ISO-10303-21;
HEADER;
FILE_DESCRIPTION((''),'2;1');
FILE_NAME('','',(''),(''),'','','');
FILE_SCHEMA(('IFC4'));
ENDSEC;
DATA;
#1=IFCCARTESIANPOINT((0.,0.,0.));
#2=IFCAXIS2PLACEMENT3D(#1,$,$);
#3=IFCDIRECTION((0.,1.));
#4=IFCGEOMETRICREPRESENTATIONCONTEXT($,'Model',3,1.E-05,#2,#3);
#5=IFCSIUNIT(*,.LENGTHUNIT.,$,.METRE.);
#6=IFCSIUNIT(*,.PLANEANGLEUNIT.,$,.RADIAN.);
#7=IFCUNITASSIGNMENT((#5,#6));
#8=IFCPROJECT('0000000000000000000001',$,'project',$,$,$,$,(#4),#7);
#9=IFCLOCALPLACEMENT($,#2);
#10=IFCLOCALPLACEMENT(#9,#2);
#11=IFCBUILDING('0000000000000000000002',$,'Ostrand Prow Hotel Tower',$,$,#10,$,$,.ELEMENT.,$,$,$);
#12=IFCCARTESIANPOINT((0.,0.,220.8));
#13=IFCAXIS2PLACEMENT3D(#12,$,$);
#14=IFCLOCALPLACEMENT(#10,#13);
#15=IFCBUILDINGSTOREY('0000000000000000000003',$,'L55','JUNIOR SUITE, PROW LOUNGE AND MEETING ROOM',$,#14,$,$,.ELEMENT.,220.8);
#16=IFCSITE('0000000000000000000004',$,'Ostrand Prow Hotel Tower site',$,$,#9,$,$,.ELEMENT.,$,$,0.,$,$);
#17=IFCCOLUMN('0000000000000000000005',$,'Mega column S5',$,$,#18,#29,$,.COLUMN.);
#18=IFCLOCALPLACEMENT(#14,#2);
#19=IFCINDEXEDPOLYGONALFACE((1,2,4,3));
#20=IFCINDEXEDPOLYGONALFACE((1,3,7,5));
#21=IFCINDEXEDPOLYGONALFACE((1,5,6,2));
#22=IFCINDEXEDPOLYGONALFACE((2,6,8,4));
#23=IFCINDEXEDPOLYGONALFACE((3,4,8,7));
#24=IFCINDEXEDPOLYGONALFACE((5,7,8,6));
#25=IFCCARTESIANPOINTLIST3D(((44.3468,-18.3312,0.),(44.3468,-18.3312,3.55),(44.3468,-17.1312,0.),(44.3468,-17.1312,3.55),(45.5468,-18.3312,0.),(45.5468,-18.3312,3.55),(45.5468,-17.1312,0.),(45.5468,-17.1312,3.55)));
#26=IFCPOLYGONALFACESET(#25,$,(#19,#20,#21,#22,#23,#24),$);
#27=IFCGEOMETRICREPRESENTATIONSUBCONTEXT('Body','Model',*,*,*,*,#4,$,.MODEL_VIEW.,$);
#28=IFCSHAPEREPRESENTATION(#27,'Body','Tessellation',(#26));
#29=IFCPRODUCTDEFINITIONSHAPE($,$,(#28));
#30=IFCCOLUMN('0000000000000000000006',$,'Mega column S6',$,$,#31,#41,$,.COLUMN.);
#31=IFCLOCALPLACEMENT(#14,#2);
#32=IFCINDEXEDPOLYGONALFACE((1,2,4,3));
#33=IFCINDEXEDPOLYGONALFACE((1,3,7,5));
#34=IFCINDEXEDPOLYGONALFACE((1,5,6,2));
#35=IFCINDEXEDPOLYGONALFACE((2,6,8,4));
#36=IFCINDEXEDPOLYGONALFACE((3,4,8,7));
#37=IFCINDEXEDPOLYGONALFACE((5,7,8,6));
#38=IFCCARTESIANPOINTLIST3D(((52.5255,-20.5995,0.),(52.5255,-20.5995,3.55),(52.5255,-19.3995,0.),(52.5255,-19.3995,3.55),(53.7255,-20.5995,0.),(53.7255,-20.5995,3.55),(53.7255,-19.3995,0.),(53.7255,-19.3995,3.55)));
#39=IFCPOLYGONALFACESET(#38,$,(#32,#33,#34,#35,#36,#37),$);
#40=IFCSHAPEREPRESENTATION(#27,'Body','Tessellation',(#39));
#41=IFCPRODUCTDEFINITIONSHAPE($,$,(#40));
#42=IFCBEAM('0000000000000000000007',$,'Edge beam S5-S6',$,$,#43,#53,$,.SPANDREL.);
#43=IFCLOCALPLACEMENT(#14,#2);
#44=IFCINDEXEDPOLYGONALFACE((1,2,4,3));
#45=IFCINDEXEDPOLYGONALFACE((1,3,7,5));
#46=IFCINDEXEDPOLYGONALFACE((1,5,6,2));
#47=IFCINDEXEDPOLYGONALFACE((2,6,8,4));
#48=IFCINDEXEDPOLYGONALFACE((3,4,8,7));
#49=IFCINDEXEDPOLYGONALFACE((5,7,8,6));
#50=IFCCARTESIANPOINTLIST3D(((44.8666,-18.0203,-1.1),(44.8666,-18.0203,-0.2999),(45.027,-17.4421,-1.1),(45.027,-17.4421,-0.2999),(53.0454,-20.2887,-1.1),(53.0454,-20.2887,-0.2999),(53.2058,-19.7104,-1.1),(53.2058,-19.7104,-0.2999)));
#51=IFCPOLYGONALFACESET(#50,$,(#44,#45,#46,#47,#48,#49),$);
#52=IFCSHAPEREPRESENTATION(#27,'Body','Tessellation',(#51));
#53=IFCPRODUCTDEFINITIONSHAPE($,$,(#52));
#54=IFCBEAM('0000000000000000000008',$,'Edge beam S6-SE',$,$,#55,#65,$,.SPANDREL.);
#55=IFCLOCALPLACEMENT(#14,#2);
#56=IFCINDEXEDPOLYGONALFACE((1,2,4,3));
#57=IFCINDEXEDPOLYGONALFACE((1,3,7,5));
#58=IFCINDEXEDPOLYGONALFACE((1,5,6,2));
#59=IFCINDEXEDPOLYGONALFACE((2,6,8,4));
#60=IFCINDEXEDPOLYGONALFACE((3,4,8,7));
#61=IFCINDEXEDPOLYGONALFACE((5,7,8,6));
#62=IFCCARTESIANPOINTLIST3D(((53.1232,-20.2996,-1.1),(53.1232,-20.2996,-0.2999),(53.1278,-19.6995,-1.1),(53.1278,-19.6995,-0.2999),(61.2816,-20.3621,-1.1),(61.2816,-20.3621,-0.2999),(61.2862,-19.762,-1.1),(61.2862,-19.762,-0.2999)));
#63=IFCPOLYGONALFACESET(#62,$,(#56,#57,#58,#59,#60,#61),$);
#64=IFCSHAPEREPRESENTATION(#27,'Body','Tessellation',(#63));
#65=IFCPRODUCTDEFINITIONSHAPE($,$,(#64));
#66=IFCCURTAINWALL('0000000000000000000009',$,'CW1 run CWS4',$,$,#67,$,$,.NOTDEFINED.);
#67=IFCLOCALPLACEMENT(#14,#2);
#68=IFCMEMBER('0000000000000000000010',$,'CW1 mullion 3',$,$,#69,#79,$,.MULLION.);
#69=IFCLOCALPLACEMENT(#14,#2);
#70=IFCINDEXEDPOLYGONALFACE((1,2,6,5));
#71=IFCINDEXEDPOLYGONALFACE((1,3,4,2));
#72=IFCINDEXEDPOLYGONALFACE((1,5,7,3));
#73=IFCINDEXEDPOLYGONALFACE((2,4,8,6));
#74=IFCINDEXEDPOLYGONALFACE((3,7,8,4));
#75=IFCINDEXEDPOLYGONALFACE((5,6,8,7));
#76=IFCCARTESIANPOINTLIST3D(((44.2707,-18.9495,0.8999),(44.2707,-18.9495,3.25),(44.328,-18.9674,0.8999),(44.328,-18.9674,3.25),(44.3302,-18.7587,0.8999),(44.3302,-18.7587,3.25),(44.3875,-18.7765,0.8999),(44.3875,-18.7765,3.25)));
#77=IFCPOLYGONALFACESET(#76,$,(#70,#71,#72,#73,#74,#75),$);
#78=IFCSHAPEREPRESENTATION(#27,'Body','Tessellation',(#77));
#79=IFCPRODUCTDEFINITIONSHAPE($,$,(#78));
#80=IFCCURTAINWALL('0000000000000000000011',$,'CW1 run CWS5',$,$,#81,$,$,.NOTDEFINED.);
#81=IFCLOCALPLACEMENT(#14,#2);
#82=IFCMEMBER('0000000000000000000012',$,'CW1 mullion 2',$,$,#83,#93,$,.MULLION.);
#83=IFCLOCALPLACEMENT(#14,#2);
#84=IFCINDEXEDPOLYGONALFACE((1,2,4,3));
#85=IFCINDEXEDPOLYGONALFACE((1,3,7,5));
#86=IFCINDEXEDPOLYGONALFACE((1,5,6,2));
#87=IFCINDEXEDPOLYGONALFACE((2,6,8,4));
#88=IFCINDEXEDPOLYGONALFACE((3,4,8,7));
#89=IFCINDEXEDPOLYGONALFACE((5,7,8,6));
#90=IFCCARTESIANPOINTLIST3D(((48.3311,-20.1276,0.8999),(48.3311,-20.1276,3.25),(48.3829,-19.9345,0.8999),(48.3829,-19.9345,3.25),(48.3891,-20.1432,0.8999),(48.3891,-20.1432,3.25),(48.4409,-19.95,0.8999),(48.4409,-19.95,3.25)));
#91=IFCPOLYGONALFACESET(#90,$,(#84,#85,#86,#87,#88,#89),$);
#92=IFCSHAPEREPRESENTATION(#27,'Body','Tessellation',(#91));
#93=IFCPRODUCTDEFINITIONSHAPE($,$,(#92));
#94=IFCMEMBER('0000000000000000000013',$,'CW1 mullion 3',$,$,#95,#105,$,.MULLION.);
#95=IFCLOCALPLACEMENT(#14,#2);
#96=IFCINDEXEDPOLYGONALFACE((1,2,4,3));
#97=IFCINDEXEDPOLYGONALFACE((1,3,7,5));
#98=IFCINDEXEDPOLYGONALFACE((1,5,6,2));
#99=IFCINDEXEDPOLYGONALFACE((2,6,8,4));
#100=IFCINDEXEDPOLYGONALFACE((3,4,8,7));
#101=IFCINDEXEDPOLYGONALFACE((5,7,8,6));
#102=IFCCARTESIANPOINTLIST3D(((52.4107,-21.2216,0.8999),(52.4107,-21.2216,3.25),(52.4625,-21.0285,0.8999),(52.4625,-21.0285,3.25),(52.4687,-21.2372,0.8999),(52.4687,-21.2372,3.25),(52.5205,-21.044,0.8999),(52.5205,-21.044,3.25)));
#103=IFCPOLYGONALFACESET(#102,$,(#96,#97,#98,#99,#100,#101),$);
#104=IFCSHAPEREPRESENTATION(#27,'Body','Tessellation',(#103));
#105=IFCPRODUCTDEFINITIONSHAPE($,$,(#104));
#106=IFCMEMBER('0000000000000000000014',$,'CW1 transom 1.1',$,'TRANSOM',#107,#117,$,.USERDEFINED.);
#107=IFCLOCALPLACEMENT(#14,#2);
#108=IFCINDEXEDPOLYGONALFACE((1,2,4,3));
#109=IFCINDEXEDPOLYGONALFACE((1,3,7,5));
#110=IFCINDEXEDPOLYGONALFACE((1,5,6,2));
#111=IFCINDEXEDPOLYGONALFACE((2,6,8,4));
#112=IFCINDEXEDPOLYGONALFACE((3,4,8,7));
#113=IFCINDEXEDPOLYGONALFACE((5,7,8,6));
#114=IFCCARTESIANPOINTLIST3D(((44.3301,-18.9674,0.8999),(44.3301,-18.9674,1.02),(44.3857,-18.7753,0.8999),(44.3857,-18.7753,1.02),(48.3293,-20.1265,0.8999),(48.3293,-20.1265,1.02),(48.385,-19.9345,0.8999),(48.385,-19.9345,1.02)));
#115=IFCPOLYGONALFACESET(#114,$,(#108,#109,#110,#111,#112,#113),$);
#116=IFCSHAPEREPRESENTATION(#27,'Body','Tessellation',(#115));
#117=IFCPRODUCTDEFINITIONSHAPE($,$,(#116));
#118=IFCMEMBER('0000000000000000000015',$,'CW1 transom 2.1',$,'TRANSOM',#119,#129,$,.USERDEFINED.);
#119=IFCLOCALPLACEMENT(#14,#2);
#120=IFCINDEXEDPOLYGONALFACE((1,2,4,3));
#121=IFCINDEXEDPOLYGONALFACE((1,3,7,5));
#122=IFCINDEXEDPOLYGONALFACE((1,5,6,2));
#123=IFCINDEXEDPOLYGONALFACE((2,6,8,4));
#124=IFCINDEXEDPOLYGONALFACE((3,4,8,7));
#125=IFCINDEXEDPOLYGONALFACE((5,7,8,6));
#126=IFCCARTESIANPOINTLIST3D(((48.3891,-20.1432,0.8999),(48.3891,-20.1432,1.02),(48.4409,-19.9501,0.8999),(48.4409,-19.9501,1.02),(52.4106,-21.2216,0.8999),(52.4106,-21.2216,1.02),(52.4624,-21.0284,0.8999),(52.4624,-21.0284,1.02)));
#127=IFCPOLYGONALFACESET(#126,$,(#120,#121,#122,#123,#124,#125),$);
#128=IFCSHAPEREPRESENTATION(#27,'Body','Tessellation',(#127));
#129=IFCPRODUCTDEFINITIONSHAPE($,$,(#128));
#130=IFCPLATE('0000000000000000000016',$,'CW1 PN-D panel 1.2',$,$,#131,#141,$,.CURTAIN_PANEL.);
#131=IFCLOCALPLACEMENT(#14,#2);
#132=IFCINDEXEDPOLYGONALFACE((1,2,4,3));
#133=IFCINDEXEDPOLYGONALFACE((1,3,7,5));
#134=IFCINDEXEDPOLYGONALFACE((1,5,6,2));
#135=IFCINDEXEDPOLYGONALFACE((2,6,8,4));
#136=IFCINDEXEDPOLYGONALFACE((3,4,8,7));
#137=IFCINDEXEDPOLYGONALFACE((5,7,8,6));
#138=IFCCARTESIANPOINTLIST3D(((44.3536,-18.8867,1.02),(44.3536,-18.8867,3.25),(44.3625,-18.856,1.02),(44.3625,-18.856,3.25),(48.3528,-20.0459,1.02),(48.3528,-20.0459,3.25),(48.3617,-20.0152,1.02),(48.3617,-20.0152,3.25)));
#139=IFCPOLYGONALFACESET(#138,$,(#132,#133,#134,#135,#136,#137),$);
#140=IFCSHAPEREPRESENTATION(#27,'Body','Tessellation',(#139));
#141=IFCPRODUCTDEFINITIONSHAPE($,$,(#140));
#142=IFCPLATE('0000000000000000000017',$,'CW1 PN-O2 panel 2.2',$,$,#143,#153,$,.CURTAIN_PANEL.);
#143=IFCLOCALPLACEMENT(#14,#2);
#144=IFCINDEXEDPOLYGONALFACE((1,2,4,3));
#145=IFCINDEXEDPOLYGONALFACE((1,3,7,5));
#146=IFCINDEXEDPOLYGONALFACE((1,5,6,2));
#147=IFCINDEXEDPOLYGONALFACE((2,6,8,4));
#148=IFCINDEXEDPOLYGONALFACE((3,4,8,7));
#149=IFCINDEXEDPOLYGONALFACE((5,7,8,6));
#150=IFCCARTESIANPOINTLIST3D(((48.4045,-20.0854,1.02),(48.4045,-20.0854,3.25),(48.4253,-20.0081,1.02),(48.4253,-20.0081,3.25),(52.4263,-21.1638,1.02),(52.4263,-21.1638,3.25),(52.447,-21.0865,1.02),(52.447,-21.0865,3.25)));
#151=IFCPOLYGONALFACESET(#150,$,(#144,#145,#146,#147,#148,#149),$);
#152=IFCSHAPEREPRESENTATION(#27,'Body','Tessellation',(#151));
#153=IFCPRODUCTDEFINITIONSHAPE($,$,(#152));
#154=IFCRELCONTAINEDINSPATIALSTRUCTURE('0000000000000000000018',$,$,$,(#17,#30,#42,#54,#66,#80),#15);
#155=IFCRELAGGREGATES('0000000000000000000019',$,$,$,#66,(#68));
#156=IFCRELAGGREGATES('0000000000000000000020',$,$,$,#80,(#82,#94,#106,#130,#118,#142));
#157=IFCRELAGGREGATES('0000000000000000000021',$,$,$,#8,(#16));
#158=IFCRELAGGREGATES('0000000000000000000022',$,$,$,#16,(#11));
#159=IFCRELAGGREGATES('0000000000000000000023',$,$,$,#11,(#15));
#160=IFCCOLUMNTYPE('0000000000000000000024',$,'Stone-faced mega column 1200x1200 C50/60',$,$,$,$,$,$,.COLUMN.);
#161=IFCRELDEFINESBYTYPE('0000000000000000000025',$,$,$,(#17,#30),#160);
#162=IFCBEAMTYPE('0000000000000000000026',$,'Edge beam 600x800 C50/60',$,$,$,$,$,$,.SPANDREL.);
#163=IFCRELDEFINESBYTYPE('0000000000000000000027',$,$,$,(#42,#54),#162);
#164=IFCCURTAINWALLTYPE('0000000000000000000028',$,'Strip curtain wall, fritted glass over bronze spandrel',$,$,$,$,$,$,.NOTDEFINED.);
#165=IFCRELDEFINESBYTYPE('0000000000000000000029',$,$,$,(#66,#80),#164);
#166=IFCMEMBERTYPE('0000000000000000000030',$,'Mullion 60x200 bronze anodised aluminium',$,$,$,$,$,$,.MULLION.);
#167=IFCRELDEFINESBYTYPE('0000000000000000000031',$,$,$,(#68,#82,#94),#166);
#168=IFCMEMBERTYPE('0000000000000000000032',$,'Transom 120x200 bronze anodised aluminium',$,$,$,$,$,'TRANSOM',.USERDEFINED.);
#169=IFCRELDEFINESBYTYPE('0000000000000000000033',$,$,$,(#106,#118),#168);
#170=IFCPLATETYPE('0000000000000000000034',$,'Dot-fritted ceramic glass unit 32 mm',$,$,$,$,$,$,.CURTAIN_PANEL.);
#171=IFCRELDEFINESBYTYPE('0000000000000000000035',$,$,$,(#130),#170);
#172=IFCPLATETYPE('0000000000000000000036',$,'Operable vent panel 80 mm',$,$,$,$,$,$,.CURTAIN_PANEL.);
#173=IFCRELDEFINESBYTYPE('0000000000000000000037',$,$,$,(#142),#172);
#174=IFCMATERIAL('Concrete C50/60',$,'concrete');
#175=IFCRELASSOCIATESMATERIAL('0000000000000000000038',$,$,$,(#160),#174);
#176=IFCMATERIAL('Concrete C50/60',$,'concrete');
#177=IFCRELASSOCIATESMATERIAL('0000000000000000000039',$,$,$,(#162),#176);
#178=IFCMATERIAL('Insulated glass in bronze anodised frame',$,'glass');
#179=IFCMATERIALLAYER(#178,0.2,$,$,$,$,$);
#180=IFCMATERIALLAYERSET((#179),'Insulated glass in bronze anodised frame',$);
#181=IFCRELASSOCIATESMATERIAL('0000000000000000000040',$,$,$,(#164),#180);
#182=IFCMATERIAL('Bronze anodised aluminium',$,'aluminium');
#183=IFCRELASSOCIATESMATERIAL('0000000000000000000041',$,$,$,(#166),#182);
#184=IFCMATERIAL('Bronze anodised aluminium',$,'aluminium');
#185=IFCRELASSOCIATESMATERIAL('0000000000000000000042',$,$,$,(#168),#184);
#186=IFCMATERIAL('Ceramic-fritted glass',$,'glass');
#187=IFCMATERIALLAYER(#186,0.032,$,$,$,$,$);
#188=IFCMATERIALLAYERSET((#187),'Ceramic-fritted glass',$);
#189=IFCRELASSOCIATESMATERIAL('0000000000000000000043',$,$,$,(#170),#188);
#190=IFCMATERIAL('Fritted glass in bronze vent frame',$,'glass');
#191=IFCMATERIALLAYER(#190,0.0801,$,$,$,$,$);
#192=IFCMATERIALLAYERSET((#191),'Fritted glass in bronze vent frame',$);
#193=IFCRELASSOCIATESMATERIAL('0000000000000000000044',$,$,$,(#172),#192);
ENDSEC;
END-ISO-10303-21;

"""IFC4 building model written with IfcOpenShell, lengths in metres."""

from ifc_helpers import new_model, si_unit, direction, frame, origin, origin_2d, place, context, subcontext, project, spatial, rectangle, extrude, material, layer, layer_set, material_profile, profile_set, type_object, element, aggregate, save


model = new_model("IFC4")

# Units and contexts
model_context = context("Model", 3, precision=1e-05, world=origin(), true_north=direction((0.0, 1.0)))
body_context = subcontext(model_context, "Body", "Model", "MODEL_VIEW")
ifc_project = project(units=[si_unit("LENGTHUNIT", "METRE"), si_unit("PLANEANGLEUNIT", "RADIAN")], contexts=[model_context])

# Site, building, storey
site_placement = place(None, origin())
site = spatial("IfcSite", under=ifc_project, at=site_placement, Name="Ostrand Prow Hotel Tower site", CompositionType="ELEMENT", RefElevation=0.0)
building_placement = place(site_placement, origin())
building = spatial("IfcBuilding", under=site, at=building_placement, Name="Ostrand Prow Hotel Tower", CompositionType="ELEMENT")
storey_placement = place(building_placement, frame((0.0, 0.0, 220.8)))
storey = spatial("IfcBuildingStorey", under=building, at=storey_placement, Name="L55", Description="JUNIOR SUITE, PROW LOUNGE AND MEETING ROOM", CompositionType="ELEMENT", Elevation=220.8)

# Columns
ifc_material_1 = material(Name="Concrete C50/60", Category="concrete")
ifc_material_profile_1 = material_profile(ifc_material_1, rectangle(XDim=1.2, YDim=1.2, at=origin_2d()), Name="RC 1200x1200")
ifc_profile_set_1 = profile_set([ifc_material_profile_1], Name="Concrete C50/60")
column_type = type_object("IfcColumnType", Name="Stone-faced mega column 1200x1200 C50/60", PredefinedType="COLUMN", material=ifc_profile_set_1)
for number, where, z_axis, x_axis, name in (
    (1, (44.9468, -17.7312, 0.0), (0.0, 0.0, 1.0), (1.0, 0.0, 0.0), "Mega column S5"),
    (2, (53.1255, -19.9995, 0.0), (0.0, 0.0, 1.0), (1.0, 0.0, 0.0), "Mega column S6"),
):
    element("IfcColumn", number, at=place(storey_placement, frame(where, z_axis=z_axis, x_axis=x_axis)), inside=storey, type_object=column_type, Name=name, PredefinedType="COLUMN", context=body_context, shape_type="SweptSolid", body=[
        extrude(rectangle(XDim=1.2, YDim=1.2, at=origin_2d()), origin(), (0.0, 0.0, 1.0), 3.55),
    ])

# Beams
ifc_material_2 = material(Name="Concrete C50/60", Category="concrete")
ifc_material_profile_2 = material_profile(ifc_material_2, rectangle(XDim=0.6001, YDim=0.8, at=origin_2d()), Name="RC 600x800")
ifc_profile_set_2 = profile_set([ifc_material_profile_2], Name="Concrete C50/60")
beam_type = type_object("IfcBeamType", Name="Edge beam 600x800 C50/60", PredefinedType="SPANDREL", material=ifc_profile_set_2)
beam_1_placement = place(storey_placement, frame((44.9468, -17.7312, -0.7), z_axis=(0.963626, -0.267255, 0.0), x_axis=(0.267255, 0.963626, 0.0)))
element("IfcBeam", 3, at=beam_1_placement, inside=storey, type_object=beam_type, Name="Edge beam S5-S6", PredefinedType="SPANDREL", context=body_context, shape_type="SweptSolid", body=[
    extrude(rectangle(XDim=0.6001, YDim=0.8, at=origin_2d()), origin(), (0.0, 0.0, 1.0), 8.4875),
])
beam_2_placement = place(storey_placement, frame((53.1255, -19.9995, -0.7), z_axis=(0.999971, -0.007661, 0.0), x_axis=(0.007661, 0.999971, 0.0)))
element("IfcBeam", 4, at=beam_2_placement, inside=storey, type_object=beam_type, Name="Edge beam S6-SE", PredefinedType="SPANDREL", context=body_context, shape_type="SweptSolid", body=[
    extrude(rectangle(XDim=0.6001, YDim=0.8, at=origin_2d()), origin(), (0.0, 0.0, 1.0), 8.1587),
])

# Curtain wall, member
ifc_material_3 = material(Name="Insulated glass in bronze anodised frame", Category="glass")
ifc_layer_1 = layer(ifc_material_3, 0.2)
ifc_layer_set_1 = layer_set([ifc_layer_1], Name="Insulated glass in bronze anodised frame")
curtain_wall_type = type_object("IfcCurtainWallType", Name="Strip curtain wall, fritted glass over bronze spandrel", PredefinedType="NOTDEFINED", material=ifc_layer_set_1)
curtain_wall_1_placement = place(storey_placement, origin())
curtain_wall_1 = element("IfcCurtainWall", 5, at=curtain_wall_1_placement, inside=storey, type_object=curtain_wall_type, Name="CW1 run CWS4", PredefinedType="NOTDEFINED")
ifc_material_4 = material(Name="Bronze anodised aluminium", Category="aluminium")
ifc_material_profile_3 = material_profile(ifc_material_4, rectangle(XDim=0.2, YDim=0.0601, at=origin_2d()), Name="Mullion 60x200 bronze anodised aluminium")
ifc_profile_set_3 = profile_set([ifc_material_profile_3], Name="Bronze anodised aluminium")
member_type_1 = type_object("IfcMemberType", Name="Mullion 60x200 bronze anodised aluminium", PredefinedType="MULLION", material=ifc_profile_set_3)
member_1_placement = place(storey_placement, frame((44.3291, -18.863, 0.8999), z_axis=(0.0, 0.0, 1.0), x_axis=(0.297678, 0.954666, 0.0)))
member_1 = element("IfcMember", 6, at=member_1_placement, type_object=member_type_1, Name="CW1 mullion 3", PredefinedType="MULLION", context=body_context, shape_type="SweptSolid", body=[
    extrude(rectangle(XDim=0.2, YDim=0.0601, at=origin_2d()), origin(), (0.0, 0.0, 1.0), 2.3501),
])
aggregate(curtain_wall_1, [member_1])

# Curtain wall, members, plates
curtain_wall_2_placement = place(storey_placement, origin())
curtain_wall_2 = element("IfcCurtainWall", 7, at=curtain_wall_2_placement, inside=storey, type_object=curtain_wall_type, Name="CW1 run CWS5", PredefinedType="NOTDEFINED")
member_2_placement = place(storey_placement, frame((48.386, -20.0388, 0.8999), z_axis=(0.0, 0.0, 1.0), x_axis=(0.258994, 0.965879, 0.0)))
member_2 = element("IfcMember", 8, at=member_2_placement, type_object=member_type_1, Name="CW1 mullion 2", PredefinedType="MULLION", context=body_context, shape_type="SweptSolid", body=[
    extrude(rectangle(XDim=0.2, YDim=0.0601, at=origin_2d()), origin(), (0.0, 0.0, 1.0), 2.3501),
])
member_3_placement = place(storey_placement, frame((52.4656, -21.1328, 0.8999), z_axis=(0.0, 0.0, 1.0), x_axis=(0.258994, 0.965879, 0.0)))
member_3 = element("IfcMember", 9, at=member_3_placement, type_object=member_type_1, Name="CW1 mullion 3", PredefinedType="MULLION", context=body_context, shape_type="SweptSolid", body=[
    extrude(rectangle(XDim=0.2, YDim=0.0601, at=origin_2d()), origin(), (0.0, 0.0, 1.0), 2.3501),
])
ifc_material_5 = material(Name="Bronze anodised aluminium", Category="aluminium")
ifc_material_profile_4 = material_profile(ifc_material_5, rectangle(XDim=0.2, YDim=0.1201, at=origin_2d()), Name="Transom 120x200 bronze anodised aluminium")
ifc_profile_set_4 = profile_set([ifc_material_profile_4], Name="Bronze anodised aluminium")
member_type_2 = type_object("IfcMemberType", Name="Transom 120x200 bronze anodised aluminium", ElementType="TRANSOM", PredefinedType="USERDEFINED", material=ifc_profile_set_4)
member_4_placement = place(storey_placement, frame((44.3579, -18.8713, 0.96), z_axis=(0.960468, -0.27839, 0.0), x_axis=(0.27839, 0.960468, 0.0)))
member_4 = element("IfcMember", 10, at=member_4_placement, type_object=member_type_2, Name="CW1 transom 1.1", ObjectType="TRANSOM", PredefinedType="USERDEFINED", context=body_context, shape_type="SweptSolid", body=[
    extrude(rectangle(XDim=0.2, YDim=0.1201, at=origin_2d()), origin(), (0.0, 0.0, 1.0), 4.1638),
])
member_5_placement = place(storey_placement, frame((48.415, -20.0466, 0.96), z_axis=(0.965877, -0.259002, 0.0), x_axis=(0.259002, 0.965877, 0.0)))
member_5 = element("IfcMember", 11, at=member_5_placement, type_object=member_type_2, Name="CW1 transom 2.1", ObjectType="TRANSOM", PredefinedType="USERDEFINED", context=body_context, shape_type="SweptSolid", body=[
    extrude(rectangle(XDim=0.2, YDim=0.1201, at=origin_2d()), origin(), (0.0, 0.0, 1.0), 4.1636),
])
ifc_material_6 = material(Name="Ceramic-fritted glass", Category="glass")
ifc_layer_2 = layer(ifc_material_6, 0.032)
ifc_layer_set_2 = layer_set([ifc_layer_2], Name="Ceramic-fritted glass")
plate_type_1 = type_object("IfcPlateType", Name="Dot-fritted ceramic glass unit 32 mm", PredefinedType="CURTAIN_PANEL", material=ifc_layer_set_2)
plate_1_placement = place(storey_placement, frame((46.3577, -19.4509, 1.02), z_axis=(0.0, 0.0, 1.0), x_axis=(0.960467, -0.278393, 0.0)))
plate_1 = element("IfcPlate", 12, at=plate_1_placement, type_object=plate_type_1, Name="CW1 PN-D panel 1.2", PredefinedType="CURTAIN_PANEL", context=body_context, shape_type="SweptSolid", body=[
    extrude(rectangle(XDim=4.1638, YDim=0.032, at=origin_2d()), origin(), (0.0, 0.0, 1.0), 2.23),
])
ifc_material_7 = material(Name="Fritted glass in bronze vent frame", Category="glass")
ifc_layer_3 = layer(ifc_material_7, 0.0801)
ifc_layer_set_3 = layer_set([ifc_layer_3], Name="Fritted glass in bronze vent frame")
plate_type_2 = type_object("IfcPlateType", Name="Operable vent panel 80 mm", PredefinedType="CURTAIN_PANEL", material=ifc_layer_set_3)
plate_2_placement = place(storey_placement, frame((50.4258, -20.5859, 1.02), z_axis=(0.0, 0.0, 1.0), x_axis=(0.965879, -0.258994, 0.0)))
plate_2 = element("IfcPlate", 13, at=plate_2_placement, type_object=plate_type_2, Name="CW1 PN-O2 panel 2.2", PredefinedType="CURTAIN_PANEL", context=body_context, shape_type="SweptSolid", body=[
    extrude(rectangle(XDim=4.1638, YDim=0.0801, at=origin_2d()), origin(), (0.0, 0.0, 1.0), 2.23),
])
aggregate(curtain_wall_2, [member_2, member_3, member_4, plate_1, member_5, plate_2])

save(model, "model.ifc")
